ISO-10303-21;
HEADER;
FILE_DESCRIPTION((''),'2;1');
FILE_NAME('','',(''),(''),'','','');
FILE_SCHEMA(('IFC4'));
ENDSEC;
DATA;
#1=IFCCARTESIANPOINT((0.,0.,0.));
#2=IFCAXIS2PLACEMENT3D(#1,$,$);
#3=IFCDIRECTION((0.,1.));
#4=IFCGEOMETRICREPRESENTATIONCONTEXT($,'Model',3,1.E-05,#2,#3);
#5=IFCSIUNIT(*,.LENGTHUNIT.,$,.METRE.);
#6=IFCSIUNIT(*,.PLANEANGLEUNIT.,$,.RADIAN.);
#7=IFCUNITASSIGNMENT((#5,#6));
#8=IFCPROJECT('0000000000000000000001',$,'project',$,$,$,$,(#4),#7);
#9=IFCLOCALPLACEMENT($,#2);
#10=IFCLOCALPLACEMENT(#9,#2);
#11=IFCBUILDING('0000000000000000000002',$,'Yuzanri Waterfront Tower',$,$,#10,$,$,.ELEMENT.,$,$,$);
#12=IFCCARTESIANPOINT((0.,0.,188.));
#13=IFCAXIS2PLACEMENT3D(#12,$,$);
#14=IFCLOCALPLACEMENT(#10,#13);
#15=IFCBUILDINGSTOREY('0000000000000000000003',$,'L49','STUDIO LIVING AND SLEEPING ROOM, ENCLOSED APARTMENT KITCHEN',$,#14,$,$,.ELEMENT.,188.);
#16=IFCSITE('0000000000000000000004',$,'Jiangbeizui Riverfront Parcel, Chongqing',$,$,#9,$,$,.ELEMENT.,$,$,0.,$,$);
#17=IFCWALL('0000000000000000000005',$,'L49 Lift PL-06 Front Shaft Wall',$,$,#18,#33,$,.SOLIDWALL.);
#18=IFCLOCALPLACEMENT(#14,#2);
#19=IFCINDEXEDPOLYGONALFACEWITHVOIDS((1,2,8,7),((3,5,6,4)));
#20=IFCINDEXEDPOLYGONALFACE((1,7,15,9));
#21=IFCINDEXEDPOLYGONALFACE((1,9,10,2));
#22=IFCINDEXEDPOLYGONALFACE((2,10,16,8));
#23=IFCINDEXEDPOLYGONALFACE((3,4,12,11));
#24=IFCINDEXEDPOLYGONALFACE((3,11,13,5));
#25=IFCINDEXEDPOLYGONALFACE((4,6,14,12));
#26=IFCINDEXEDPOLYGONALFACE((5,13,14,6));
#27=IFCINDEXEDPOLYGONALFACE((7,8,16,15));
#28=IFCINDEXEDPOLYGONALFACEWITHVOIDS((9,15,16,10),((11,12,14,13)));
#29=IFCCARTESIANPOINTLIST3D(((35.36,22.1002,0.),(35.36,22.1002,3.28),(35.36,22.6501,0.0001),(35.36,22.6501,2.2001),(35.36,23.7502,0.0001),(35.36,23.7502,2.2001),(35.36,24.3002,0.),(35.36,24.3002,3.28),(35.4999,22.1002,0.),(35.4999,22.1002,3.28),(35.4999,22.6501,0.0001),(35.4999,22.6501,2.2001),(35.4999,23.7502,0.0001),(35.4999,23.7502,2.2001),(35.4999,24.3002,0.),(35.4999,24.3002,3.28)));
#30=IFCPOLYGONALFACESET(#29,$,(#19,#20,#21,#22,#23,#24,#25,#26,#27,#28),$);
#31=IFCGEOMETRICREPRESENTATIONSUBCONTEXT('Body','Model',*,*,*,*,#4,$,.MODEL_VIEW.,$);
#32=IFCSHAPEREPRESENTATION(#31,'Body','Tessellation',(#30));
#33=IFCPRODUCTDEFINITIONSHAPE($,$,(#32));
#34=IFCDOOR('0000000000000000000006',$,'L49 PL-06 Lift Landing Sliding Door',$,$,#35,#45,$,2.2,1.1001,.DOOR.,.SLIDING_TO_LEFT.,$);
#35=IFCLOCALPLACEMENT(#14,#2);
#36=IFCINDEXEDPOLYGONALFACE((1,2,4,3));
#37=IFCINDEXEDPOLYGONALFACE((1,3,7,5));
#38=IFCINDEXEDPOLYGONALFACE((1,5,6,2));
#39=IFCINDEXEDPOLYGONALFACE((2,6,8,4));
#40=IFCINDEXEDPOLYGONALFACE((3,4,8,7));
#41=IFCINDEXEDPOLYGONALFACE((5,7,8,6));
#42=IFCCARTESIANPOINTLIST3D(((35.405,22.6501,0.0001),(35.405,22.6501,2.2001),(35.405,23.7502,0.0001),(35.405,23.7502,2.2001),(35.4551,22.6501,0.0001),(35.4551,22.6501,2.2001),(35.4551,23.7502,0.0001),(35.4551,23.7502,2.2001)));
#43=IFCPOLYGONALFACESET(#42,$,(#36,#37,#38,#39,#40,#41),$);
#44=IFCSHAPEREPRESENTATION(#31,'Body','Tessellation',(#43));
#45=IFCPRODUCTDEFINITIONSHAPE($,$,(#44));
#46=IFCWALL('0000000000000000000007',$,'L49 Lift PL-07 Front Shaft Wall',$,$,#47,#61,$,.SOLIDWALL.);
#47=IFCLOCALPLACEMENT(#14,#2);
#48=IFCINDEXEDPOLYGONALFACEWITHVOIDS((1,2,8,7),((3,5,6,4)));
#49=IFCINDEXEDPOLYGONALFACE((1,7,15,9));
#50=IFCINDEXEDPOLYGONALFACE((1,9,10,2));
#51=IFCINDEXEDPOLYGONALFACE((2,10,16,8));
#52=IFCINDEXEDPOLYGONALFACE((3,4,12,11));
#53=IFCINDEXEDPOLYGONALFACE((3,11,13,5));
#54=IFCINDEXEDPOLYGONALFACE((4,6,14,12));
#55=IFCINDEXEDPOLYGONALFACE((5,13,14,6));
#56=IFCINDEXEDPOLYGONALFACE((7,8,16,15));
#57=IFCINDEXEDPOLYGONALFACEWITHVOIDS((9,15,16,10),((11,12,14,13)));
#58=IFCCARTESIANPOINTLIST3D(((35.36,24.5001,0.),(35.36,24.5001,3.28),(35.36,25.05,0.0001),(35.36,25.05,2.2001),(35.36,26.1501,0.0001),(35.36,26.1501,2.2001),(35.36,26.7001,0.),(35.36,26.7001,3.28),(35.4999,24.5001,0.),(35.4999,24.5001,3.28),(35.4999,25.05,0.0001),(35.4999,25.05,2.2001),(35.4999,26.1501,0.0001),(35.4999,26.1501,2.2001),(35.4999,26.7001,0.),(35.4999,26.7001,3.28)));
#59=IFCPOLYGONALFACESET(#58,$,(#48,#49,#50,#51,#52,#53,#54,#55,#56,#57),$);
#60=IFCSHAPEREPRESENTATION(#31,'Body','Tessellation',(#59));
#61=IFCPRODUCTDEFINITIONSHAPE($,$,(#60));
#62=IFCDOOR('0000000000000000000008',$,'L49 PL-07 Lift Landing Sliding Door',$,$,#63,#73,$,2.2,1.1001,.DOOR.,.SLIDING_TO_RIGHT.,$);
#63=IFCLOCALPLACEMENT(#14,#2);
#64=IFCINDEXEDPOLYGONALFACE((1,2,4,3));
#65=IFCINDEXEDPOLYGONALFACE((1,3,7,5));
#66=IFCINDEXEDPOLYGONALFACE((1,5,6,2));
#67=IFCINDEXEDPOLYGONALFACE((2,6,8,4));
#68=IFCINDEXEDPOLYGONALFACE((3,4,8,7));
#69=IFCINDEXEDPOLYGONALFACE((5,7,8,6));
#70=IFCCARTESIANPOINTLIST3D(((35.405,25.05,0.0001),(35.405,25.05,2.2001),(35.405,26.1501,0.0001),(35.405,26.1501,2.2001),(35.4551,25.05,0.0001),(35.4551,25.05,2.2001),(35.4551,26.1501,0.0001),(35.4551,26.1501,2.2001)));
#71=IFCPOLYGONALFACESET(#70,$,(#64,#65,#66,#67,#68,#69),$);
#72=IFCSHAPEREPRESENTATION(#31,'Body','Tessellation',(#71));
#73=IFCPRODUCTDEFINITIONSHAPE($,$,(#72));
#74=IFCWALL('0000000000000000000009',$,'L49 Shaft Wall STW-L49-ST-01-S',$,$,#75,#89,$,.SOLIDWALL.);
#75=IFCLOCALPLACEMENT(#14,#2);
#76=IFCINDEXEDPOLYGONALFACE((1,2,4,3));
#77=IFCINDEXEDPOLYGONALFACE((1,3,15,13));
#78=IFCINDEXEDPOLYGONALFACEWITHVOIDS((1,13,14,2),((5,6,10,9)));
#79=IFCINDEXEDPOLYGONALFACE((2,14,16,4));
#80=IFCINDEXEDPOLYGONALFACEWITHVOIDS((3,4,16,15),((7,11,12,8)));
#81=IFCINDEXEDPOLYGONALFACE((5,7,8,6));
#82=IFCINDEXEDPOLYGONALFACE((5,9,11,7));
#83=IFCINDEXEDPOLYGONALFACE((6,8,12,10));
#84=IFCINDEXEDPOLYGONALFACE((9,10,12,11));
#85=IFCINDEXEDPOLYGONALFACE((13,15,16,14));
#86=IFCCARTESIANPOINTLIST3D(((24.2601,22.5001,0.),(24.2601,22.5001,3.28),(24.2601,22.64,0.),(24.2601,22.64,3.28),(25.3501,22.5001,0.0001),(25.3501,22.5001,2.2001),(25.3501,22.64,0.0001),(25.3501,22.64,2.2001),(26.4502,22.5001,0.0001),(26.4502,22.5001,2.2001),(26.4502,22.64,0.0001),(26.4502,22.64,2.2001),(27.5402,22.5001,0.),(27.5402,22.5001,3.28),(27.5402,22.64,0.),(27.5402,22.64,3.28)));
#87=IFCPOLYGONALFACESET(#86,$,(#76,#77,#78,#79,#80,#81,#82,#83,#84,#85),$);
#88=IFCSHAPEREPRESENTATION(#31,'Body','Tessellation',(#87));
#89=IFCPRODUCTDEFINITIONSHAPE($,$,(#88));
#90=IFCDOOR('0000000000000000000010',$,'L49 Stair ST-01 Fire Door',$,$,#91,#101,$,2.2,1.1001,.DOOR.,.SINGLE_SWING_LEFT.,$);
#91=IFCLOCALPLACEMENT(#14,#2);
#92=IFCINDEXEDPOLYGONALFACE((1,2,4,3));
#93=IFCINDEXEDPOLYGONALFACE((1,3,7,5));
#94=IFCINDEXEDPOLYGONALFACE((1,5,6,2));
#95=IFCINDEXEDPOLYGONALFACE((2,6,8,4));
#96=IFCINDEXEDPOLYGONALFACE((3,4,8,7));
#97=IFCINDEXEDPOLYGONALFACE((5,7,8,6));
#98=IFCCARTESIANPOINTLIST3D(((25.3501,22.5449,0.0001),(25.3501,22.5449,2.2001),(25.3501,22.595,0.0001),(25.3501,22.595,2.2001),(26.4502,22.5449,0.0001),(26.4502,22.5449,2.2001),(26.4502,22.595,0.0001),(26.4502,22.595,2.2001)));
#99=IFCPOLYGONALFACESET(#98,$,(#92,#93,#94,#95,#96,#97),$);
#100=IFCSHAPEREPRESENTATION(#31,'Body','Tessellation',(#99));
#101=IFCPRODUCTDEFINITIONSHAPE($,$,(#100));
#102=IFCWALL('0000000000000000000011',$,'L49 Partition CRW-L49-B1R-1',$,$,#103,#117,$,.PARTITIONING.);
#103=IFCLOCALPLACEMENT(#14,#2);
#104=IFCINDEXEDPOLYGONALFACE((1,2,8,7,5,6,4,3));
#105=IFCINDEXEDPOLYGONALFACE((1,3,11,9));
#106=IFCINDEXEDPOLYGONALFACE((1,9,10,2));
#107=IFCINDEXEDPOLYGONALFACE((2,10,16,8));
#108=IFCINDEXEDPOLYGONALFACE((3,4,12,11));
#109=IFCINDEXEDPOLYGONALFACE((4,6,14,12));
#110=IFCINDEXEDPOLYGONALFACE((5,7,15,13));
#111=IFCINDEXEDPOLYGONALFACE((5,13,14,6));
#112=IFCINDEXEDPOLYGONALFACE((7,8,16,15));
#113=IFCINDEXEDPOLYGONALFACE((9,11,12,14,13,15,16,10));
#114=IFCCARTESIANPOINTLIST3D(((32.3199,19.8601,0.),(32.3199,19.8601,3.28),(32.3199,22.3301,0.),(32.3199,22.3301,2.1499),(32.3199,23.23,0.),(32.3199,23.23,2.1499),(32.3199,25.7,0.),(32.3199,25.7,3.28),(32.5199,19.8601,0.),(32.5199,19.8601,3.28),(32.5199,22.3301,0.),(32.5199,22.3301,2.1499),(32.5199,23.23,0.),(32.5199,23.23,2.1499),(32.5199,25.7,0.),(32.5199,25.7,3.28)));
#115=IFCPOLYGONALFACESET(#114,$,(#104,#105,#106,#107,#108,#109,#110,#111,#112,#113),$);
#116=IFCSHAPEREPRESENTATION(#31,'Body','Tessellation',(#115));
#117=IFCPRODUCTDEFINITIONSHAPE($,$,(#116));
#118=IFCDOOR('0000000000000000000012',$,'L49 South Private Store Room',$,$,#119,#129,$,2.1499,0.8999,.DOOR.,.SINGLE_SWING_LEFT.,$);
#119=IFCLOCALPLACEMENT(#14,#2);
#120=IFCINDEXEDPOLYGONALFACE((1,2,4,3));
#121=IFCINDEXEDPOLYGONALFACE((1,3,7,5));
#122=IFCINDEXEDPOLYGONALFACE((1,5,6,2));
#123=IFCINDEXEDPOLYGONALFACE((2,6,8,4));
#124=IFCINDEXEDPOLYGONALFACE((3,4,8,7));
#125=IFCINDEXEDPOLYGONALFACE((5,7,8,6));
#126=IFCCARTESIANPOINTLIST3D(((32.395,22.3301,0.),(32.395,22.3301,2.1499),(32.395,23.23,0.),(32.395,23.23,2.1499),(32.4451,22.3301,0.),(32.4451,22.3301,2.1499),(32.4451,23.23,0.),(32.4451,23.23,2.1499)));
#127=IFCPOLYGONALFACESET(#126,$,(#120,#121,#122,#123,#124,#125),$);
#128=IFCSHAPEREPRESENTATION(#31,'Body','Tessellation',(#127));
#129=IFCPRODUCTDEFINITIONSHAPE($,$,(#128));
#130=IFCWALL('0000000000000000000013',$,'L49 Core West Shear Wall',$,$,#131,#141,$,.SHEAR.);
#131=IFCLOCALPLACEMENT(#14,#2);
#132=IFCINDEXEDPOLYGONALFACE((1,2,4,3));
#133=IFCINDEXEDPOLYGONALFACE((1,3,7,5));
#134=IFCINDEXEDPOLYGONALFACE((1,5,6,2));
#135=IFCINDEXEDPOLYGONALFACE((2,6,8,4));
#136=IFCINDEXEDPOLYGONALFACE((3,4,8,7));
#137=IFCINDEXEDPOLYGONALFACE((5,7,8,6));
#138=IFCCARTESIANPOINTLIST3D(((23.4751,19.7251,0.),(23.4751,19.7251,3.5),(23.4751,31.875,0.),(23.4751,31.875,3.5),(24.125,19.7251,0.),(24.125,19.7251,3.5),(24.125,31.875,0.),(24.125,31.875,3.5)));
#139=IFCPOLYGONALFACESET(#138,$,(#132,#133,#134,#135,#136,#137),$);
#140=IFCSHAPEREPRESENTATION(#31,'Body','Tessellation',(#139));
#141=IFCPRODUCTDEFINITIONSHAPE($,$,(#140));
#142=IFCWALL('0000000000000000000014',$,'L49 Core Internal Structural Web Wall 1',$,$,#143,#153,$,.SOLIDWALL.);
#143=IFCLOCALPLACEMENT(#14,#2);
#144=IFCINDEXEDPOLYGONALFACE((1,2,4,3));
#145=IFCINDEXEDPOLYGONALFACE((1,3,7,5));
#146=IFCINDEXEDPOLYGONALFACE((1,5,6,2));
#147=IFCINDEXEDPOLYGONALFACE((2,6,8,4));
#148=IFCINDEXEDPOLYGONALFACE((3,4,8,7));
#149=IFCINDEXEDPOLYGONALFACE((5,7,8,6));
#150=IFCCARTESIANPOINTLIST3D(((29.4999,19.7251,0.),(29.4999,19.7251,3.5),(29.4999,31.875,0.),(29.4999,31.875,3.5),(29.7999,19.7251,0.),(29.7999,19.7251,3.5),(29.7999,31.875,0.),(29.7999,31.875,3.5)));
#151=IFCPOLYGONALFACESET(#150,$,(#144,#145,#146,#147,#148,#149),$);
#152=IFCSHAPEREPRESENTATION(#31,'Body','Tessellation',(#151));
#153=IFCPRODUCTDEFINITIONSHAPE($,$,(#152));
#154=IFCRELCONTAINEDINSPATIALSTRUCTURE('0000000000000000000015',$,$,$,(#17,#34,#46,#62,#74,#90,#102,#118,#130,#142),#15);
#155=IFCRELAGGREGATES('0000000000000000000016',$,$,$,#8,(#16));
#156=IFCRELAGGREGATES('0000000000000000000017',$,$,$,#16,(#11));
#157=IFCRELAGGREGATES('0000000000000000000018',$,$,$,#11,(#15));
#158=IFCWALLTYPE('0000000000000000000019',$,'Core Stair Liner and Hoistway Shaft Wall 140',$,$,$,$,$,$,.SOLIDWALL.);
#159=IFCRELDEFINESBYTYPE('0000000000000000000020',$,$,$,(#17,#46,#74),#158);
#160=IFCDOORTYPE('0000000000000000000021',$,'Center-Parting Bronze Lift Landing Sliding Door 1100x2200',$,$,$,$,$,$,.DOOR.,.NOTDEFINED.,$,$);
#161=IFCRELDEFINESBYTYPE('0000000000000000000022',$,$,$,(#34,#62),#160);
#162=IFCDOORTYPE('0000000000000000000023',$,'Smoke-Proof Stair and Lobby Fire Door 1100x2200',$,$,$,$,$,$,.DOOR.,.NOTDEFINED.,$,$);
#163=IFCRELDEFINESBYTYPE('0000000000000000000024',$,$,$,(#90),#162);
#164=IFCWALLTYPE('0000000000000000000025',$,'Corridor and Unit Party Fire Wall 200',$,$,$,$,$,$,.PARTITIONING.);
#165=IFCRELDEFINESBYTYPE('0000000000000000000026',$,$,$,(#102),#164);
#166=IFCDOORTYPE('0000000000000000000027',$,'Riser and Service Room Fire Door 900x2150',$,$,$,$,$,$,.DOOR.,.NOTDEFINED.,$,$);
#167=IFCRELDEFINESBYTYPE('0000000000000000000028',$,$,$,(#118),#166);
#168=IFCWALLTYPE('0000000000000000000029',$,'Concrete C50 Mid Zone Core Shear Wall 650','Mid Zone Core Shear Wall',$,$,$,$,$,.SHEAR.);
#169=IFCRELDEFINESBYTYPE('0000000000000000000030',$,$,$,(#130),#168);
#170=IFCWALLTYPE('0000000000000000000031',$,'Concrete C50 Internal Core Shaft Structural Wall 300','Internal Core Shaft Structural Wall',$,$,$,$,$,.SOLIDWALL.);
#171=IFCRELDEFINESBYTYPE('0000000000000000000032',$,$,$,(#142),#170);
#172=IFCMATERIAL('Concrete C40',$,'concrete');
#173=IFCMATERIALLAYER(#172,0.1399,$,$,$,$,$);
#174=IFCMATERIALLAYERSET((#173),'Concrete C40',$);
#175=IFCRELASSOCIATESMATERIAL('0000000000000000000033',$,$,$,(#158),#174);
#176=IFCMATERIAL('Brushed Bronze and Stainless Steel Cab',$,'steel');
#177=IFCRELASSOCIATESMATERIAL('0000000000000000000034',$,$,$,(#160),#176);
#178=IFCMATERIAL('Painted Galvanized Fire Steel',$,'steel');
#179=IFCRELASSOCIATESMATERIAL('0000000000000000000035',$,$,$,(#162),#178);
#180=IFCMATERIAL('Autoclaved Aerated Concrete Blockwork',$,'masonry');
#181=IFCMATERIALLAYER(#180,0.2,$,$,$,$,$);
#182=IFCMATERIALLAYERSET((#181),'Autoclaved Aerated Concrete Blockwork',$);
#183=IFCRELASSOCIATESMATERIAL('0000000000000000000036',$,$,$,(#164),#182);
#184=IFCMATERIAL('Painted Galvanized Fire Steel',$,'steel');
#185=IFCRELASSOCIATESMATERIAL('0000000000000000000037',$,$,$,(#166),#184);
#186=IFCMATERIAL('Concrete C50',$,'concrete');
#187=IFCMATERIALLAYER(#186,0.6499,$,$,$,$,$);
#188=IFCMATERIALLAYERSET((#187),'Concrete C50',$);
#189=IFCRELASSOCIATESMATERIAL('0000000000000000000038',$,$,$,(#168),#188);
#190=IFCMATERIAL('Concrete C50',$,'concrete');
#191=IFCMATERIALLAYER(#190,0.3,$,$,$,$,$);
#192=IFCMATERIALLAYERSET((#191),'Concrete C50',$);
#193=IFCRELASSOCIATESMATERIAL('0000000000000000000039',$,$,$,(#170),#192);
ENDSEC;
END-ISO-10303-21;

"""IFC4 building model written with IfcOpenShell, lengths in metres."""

from ifc_helpers import new_model, si_unit, direction, frame, frame_2d, origin, place, context, subcontext, project, spatial, rectangle, extrude, source, transform, mapped, material, layer, layer_set, type_object, element, fill, save


model = new_model("IFC4")

# Units and contexts
model_context = context("Model", 3, precision=1e-05, world=origin(), true_north=direction((0.0, 1.0)))
body_context = subcontext(model_context, "Body", "Model", "MODEL_VIEW")
ifc_project = project(units=[si_unit("LENGTHUNIT", "METRE"), si_unit("PLANEANGLEUNIT", "RADIAN")], contexts=[model_context])

# Site, building, storey
site_placement = place(None, origin())
site = spatial("IfcSite", under=ifc_project, at=site_placement, Name="Jiangbeizui Riverfront Parcel, Chongqing", CompositionType="ELEMENT", RefElevation=0.0)
building_placement = place(site_placement, origin())
building = spatial("IfcBuilding", under=site, at=building_placement, Name="Yuzanri Waterfront Tower", CompositionType="ELEMENT")
storey_placement = place(building_placement, frame((0.0, 0.0, 188.0)))
storey = spatial("IfcBuildingStorey", under=building, at=storey_placement, Name="L49", Description="STUDIO LIVING AND SLEEPING ROOM, ENCLOSED APARTMENT KITCHEN", CompositionType="ELEMENT", Elevation=188.0)

# Walls, openings, doors
ifc_material_1 = material(Name="Concrete C40", Category="concrete")
ifc_layer_1 = layer(ifc_material_1, 0.1399)
ifc_layer_set_1 = layer_set([ifc_layer_1], Name="Concrete C40")
wall_type_1 = type_object("IfcWallType", Name="Core Stair Liner and Hoistway Shaft Wall 140", PredefinedType="SOLIDWALL", material=ifc_layer_set_1)
ifc_material_2 = material(Name="Brushed Bronze and Stainless Steel Cab", Category="steel")
door_type_1 = type_object("IfcDoorType", Name="Center-Parting Bronze Lift Landing Sliding Door 1100x2200", OperationType="NOTDEFINED", PredefinedType="DOOR", material=ifc_material_2)
shared_shape_1 = source(origin(), body_context, "Body", "SweptSolid", [
    extrude(rectangle(XDim=1.1001, YDim=2.2, at=frame_2d((0.55, 1.1001))), frame((0.0, 0.0249, 0.0), z_axis=(0.0, -1.0, 0.0), x_axis=(1.0, 0.0, 0.0)), (0.0, 0.0, 1.0), 0.05),
])
wall_1_placement = place(storey_placement, frame((35.4299, 22.1001, 0.0), z_axis=(0.0, 0.0, 1.0), x_axis=(0.0, 1.0, 0.0)))
wall_1 = element("IfcWall", 1, at=wall_1_placement, inside=storey, type_object=wall_type_1, Name="L49 Lift PL-06 Front Shaft Wall", PredefinedType="SOLIDWALL", context=body_context, shape_type="SweptSolid", body=[
    extrude(rectangle(XDim=2.2, YDim=0.1399, at=frame_2d((1.1001, 0.0))), origin(), (0.0, 0.0, 1.0), 3.28),
])
opening_1_placement = place(wall_1_placement, frame((0.55, 0.0, 0.0)))
opening_1 = element("IfcOpeningElement", 2, at=opening_1_placement, cuts=wall_1, PredefinedType="OPENING", context=body_context, shape_type="SweptSolid", body=[
    extrude(rectangle(XDim=1.1001, YDim=2.2, at=frame_2d((0.55, 1.1001))), frame((0.0, 0.085, 0.0), z_axis=(0.0, -1.0, 0.0), x_axis=(1.0, 0.0, 0.0)), (0.0, 0.0, 1.0), 0.1697),
])
door_1_placement = place(opening_1_placement, origin())
door_1 = element("IfcDoor", 3, at=door_1_placement, inside=storey, type_object=door_type_1, Name="L49 PL-06 Lift Landing Sliding Door", OperationType="SLIDING_TO_LEFT", OverallHeight=2.2, OverallWidth=1.1001, PredefinedType="DOOR", context=body_context, shape_type="MappedRepresentation", body=[
    mapped(shared_shape_1, transform((0.0, 0.0, 0.0), scale=1.0)),
])
fill(opening_1, door_1)
wall_2_placement = place(storey_placement, frame((35.4299, 24.5, 0.0), z_axis=(0.0, 0.0, 1.0), x_axis=(0.0, 1.0, 0.0)))
wall_2 = element("IfcWall", 4, at=wall_2_placement, inside=storey, type_object=wall_type_1, Name="L49 Lift PL-07 Front Shaft Wall", PredefinedType="SOLIDWALL", context=body_context, shape_type="SweptSolid", body=[
    extrude(rectangle(XDim=2.2, YDim=0.1399, at=frame_2d((1.1001, 0.0))), origin(), (0.0, 0.0, 1.0), 3.28),
])
opening_2_placement = place(wall_2_placement, frame((0.55, 0.0, 0.0)))
opening_2 = element("IfcOpeningElement", 5, at=opening_2_placement, cuts=wall_2, PredefinedType="OPENING", context=body_context, shape_type="SweptSolid", body=[
    extrude(rectangle(XDim=1.1001, YDim=2.2, at=frame_2d((0.55, 1.1001))), frame((0.0, 0.085, 0.0), z_axis=(0.0, -1.0, 0.0), x_axis=(1.0, 0.0, 0.0)), (0.0, 0.0, 1.0), 0.1697),
])
door_2_placement = place(opening_2_placement, origin())
door_2 = element("IfcDoor", 6, at=door_2_placement, inside=storey, type_object=door_type_1, Name="L49 PL-07 Lift Landing Sliding Door", OperationType="SLIDING_TO_RIGHT", OverallHeight=2.2, OverallWidth=1.1001, PredefinedType="DOOR", context=body_context, shape_type="MappedRepresentation", body=[
    mapped(shared_shape_1, transform((0.0, 0.0, 0.0), scale=1.0)),
])
fill(opening_2, door_2)
wall_3_placement = place(storey_placement, frame((24.26, 22.5701, 0.0), z_axis=(0.0, 0.0, 1.0), x_axis=(1.0, 0.0, 0.0)))
wall_3 = element("IfcWall", 7, at=wall_3_placement, inside=storey, type_object=wall_type_1, Name="L49 Shaft Wall STW-L49-ST-01-S", PredefinedType="SOLIDWALL", context=body_context, shape_type="SweptSolid", body=[
    extrude(rectangle(XDim=3.28, YDim=0.1399, at=frame_2d((1.6401, 0.0))), origin(), (0.0, 0.0, 1.0), 3.28),
])
opening_3_placement = place(wall_3_placement, frame((1.0901, 0.0, 0.0)))
opening_3 = element("IfcOpeningElement", 8, at=opening_3_placement, cuts=wall_3, PredefinedType="OPENING", context=body_context, shape_type="SweptSolid", body=[
    extrude(rectangle(XDim=1.1001, YDim=2.2, at=frame_2d((0.55, 1.1001))), frame((0.0, 0.085, 0.0), z_axis=(0.0, -1.0, 0.0), x_axis=(1.0, 0.0, 0.0)), (0.0, 0.0, 1.0), 0.1697),
])
ifc_material_3 = material(Name="Painted Galvanized Fire Steel", Category="steel")
door_type_2 = type_object("IfcDoorType", Name="Smoke-Proof Stair and Lobby Fire Door 1100x2200", OperationType="NOTDEFINED", PredefinedType="DOOR", material=ifc_material_3)
shared_shape_2 = source(origin(), body_context, "Body", "SweptSolid", [
    extrude(rectangle(XDim=1.1001, YDim=2.2, at=frame_2d((0.55, 1.1001))), frame((0.0, 0.0249, 0.0), z_axis=(0.0, -1.0, 0.0), x_axis=(1.0, 0.0, 0.0)), (0.0, 0.0, 1.0), 0.05),
])
door_3_placement = place(opening_3_placement, origin())
door_3 = element("IfcDoor", 9, at=door_3_placement, inside=storey, type_object=door_type_2, Name="L49 Stair ST-01 Fire Door", OperationType="SINGLE_SWING_LEFT", OverallHeight=2.2, OverallWidth=1.1001, PredefinedType="DOOR", context=body_context, shape_type="MappedRepresentation", body=[
    mapped(shared_shape_2, transform((0.0, 0.0, 0.0), scale=1.0)),
])
fill(opening_3, door_3)
ifc_material_4 = material(Name="Autoclaved Aerated Concrete Blockwork", Category="masonry")
ifc_layer_2 = layer(ifc_material_4, 0.2)
ifc_layer_set_2 = layer_set([ifc_layer_2], Name="Autoclaved Aerated Concrete Blockwork")
wall_type_2 = type_object("IfcWallType", Name="Corridor and Unit Party Fire Wall 200", PredefinedType="PARTITIONING", material=ifc_layer_set_2)
wall_4_placement = place(storey_placement, frame((32.4199, 19.8601, 0.0), z_axis=(0.0, 0.0, 1.0), x_axis=(0.0, 1.0, 0.0)))
wall_4 = element("IfcWall", 10, at=wall_4_placement, inside=storey, type_object=wall_type_2, Name="L49 Partition CRW-L49-B1R-1", PredefinedType="PARTITIONING", context=body_context, shape_type="SweptSolid", body=[
    extrude(rectangle(XDim=5.8398, YDim=0.2, at=frame_2d((2.9199, 0.0))), origin(), (0.0, 0.0, 1.0), 3.28),
])
opening_4_placement = place(wall_4_placement, frame((2.47, 0.0, 0.0)))
opening_4 = element("IfcOpeningElement", 11, at=opening_4_placement, cuts=wall_4, PredefinedType="OPENING", context=body_context, shape_type="SweptSolid", body=[
    extrude(rectangle(XDim=0.8999, YDim=2.1499, at=frame_2d((0.45, 1.075))), frame((0.0, 0.1147, 0.0), z_axis=(0.0, -1.0, 0.0), x_axis=(1.0, 0.0, 0.0)), (0.0, 0.0, 1.0), 0.2297),
])
ifc_material_5 = material(Name="Painted Galvanized Fire Steel", Category="steel")
door_type_3 = type_object("IfcDoorType", Name="Riser and Service Room Fire Door 900x2150", OperationType="NOTDEFINED", PredefinedType="DOOR", material=ifc_material_5)
shared_shape_3 = source(origin(), body_context, "Body", "SweptSolid", [
    extrude(rectangle(XDim=0.8999, YDim=2.1499, at=frame_2d((0.45, 1.075))), frame((0.0, 0.0249, 0.0), z_axis=(0.0, -1.0, 0.0), x_axis=(1.0, 0.0, 0.0)), (0.0, 0.0, 1.0), 0.05),
])
door_4_placement = place(opening_4_placement, origin())
door_4 = element("IfcDoor", 12, at=door_4_placement, inside=storey, type_object=door_type_3, Name="L49 South Private Store Room", OperationType="SINGLE_SWING_LEFT", OverallHeight=2.1499, OverallWidth=0.8999, PredefinedType="DOOR", context=body_context, shape_type="MappedRepresentation", body=[
    mapped(shared_shape_3, transform((0.0, 0.0, 0.0), scale=1.0)),
])
fill(opening_4, door_4)

# Walls
ifc_material_6 = material(Name="Concrete C50", Category="concrete")
ifc_layer_3 = layer(ifc_material_6, 0.6499)
ifc_layer_set_3 = layer_set([ifc_layer_3], Name="Concrete C50")
wall_type_3 = type_object("IfcWallType", Name="Concrete C50 Mid Zone Core Shear Wall 650", Description="Mid Zone Core Shear Wall", PredefinedType="SHEAR", material=ifc_layer_set_3)
shared_shape_4 = source(origin(), body_context, "Body", "SweptSolid", [
    extrude(rectangle(XDim=12.1499, YDim=0.6499, at=frame_2d((6.075, 0.0))), origin(), (0.0, 0.0, 1.0), 3.5),
])
wall_5_placement = place(storey_placement, frame((23.8, 19.7251, 0.0), z_axis=(0.0, 0.0, 1.0), x_axis=(0.0, 1.0, 0.0)))
element("IfcWall", 13, at=wall_5_placement, inside=storey, type_object=wall_type_3, Name="L49 Core West Shear Wall", PredefinedType="SHEAR", context=body_context, shape_type="MappedRepresentation", body=[
    mapped(shared_shape_4, transform((0.0, 0.0, 0.0), scale=1.0)),
])
ifc_material_7 = material(Name="Concrete C50", Category="concrete")
ifc_layer_4 = layer(ifc_material_7, 0.3)
ifc_layer_set_4 = layer_set([ifc_layer_4], Name="Concrete C50")
wall_type_4 = type_object("IfcWallType", Name="Concrete C50 Internal Core Shaft Structural Wall 300", Description="Internal Core Shaft Structural Wall", PredefinedType="SOLIDWALL", material=ifc_layer_set_4)
shared_shape_5 = source(origin(), body_context, "Body", "SweptSolid", [
    extrude(rectangle(XDim=12.1499, YDim=0.3, at=frame_2d((6.075, 0.0))), origin(), (0.0, 0.0, 1.0), 3.5),
])
wall_6_placement = place(storey_placement, frame((29.6499, 19.7251, 0.0), z_axis=(0.0, 0.0, 1.0), x_axis=(0.0, 1.0, 0.0)))
element("IfcWall", 14, at=wall_6_placement, inside=storey, type_object=wall_type_4, Name="L49 Core Internal Structural Web Wall 1", PredefinedType="SOLIDWALL", context=body_context, shape_type="MappedRepresentation", body=[
    mapped(shared_shape_5, transform((0.0, 0.0, 0.0), scale=1.0)),
])

save(model, "model.ifc")
